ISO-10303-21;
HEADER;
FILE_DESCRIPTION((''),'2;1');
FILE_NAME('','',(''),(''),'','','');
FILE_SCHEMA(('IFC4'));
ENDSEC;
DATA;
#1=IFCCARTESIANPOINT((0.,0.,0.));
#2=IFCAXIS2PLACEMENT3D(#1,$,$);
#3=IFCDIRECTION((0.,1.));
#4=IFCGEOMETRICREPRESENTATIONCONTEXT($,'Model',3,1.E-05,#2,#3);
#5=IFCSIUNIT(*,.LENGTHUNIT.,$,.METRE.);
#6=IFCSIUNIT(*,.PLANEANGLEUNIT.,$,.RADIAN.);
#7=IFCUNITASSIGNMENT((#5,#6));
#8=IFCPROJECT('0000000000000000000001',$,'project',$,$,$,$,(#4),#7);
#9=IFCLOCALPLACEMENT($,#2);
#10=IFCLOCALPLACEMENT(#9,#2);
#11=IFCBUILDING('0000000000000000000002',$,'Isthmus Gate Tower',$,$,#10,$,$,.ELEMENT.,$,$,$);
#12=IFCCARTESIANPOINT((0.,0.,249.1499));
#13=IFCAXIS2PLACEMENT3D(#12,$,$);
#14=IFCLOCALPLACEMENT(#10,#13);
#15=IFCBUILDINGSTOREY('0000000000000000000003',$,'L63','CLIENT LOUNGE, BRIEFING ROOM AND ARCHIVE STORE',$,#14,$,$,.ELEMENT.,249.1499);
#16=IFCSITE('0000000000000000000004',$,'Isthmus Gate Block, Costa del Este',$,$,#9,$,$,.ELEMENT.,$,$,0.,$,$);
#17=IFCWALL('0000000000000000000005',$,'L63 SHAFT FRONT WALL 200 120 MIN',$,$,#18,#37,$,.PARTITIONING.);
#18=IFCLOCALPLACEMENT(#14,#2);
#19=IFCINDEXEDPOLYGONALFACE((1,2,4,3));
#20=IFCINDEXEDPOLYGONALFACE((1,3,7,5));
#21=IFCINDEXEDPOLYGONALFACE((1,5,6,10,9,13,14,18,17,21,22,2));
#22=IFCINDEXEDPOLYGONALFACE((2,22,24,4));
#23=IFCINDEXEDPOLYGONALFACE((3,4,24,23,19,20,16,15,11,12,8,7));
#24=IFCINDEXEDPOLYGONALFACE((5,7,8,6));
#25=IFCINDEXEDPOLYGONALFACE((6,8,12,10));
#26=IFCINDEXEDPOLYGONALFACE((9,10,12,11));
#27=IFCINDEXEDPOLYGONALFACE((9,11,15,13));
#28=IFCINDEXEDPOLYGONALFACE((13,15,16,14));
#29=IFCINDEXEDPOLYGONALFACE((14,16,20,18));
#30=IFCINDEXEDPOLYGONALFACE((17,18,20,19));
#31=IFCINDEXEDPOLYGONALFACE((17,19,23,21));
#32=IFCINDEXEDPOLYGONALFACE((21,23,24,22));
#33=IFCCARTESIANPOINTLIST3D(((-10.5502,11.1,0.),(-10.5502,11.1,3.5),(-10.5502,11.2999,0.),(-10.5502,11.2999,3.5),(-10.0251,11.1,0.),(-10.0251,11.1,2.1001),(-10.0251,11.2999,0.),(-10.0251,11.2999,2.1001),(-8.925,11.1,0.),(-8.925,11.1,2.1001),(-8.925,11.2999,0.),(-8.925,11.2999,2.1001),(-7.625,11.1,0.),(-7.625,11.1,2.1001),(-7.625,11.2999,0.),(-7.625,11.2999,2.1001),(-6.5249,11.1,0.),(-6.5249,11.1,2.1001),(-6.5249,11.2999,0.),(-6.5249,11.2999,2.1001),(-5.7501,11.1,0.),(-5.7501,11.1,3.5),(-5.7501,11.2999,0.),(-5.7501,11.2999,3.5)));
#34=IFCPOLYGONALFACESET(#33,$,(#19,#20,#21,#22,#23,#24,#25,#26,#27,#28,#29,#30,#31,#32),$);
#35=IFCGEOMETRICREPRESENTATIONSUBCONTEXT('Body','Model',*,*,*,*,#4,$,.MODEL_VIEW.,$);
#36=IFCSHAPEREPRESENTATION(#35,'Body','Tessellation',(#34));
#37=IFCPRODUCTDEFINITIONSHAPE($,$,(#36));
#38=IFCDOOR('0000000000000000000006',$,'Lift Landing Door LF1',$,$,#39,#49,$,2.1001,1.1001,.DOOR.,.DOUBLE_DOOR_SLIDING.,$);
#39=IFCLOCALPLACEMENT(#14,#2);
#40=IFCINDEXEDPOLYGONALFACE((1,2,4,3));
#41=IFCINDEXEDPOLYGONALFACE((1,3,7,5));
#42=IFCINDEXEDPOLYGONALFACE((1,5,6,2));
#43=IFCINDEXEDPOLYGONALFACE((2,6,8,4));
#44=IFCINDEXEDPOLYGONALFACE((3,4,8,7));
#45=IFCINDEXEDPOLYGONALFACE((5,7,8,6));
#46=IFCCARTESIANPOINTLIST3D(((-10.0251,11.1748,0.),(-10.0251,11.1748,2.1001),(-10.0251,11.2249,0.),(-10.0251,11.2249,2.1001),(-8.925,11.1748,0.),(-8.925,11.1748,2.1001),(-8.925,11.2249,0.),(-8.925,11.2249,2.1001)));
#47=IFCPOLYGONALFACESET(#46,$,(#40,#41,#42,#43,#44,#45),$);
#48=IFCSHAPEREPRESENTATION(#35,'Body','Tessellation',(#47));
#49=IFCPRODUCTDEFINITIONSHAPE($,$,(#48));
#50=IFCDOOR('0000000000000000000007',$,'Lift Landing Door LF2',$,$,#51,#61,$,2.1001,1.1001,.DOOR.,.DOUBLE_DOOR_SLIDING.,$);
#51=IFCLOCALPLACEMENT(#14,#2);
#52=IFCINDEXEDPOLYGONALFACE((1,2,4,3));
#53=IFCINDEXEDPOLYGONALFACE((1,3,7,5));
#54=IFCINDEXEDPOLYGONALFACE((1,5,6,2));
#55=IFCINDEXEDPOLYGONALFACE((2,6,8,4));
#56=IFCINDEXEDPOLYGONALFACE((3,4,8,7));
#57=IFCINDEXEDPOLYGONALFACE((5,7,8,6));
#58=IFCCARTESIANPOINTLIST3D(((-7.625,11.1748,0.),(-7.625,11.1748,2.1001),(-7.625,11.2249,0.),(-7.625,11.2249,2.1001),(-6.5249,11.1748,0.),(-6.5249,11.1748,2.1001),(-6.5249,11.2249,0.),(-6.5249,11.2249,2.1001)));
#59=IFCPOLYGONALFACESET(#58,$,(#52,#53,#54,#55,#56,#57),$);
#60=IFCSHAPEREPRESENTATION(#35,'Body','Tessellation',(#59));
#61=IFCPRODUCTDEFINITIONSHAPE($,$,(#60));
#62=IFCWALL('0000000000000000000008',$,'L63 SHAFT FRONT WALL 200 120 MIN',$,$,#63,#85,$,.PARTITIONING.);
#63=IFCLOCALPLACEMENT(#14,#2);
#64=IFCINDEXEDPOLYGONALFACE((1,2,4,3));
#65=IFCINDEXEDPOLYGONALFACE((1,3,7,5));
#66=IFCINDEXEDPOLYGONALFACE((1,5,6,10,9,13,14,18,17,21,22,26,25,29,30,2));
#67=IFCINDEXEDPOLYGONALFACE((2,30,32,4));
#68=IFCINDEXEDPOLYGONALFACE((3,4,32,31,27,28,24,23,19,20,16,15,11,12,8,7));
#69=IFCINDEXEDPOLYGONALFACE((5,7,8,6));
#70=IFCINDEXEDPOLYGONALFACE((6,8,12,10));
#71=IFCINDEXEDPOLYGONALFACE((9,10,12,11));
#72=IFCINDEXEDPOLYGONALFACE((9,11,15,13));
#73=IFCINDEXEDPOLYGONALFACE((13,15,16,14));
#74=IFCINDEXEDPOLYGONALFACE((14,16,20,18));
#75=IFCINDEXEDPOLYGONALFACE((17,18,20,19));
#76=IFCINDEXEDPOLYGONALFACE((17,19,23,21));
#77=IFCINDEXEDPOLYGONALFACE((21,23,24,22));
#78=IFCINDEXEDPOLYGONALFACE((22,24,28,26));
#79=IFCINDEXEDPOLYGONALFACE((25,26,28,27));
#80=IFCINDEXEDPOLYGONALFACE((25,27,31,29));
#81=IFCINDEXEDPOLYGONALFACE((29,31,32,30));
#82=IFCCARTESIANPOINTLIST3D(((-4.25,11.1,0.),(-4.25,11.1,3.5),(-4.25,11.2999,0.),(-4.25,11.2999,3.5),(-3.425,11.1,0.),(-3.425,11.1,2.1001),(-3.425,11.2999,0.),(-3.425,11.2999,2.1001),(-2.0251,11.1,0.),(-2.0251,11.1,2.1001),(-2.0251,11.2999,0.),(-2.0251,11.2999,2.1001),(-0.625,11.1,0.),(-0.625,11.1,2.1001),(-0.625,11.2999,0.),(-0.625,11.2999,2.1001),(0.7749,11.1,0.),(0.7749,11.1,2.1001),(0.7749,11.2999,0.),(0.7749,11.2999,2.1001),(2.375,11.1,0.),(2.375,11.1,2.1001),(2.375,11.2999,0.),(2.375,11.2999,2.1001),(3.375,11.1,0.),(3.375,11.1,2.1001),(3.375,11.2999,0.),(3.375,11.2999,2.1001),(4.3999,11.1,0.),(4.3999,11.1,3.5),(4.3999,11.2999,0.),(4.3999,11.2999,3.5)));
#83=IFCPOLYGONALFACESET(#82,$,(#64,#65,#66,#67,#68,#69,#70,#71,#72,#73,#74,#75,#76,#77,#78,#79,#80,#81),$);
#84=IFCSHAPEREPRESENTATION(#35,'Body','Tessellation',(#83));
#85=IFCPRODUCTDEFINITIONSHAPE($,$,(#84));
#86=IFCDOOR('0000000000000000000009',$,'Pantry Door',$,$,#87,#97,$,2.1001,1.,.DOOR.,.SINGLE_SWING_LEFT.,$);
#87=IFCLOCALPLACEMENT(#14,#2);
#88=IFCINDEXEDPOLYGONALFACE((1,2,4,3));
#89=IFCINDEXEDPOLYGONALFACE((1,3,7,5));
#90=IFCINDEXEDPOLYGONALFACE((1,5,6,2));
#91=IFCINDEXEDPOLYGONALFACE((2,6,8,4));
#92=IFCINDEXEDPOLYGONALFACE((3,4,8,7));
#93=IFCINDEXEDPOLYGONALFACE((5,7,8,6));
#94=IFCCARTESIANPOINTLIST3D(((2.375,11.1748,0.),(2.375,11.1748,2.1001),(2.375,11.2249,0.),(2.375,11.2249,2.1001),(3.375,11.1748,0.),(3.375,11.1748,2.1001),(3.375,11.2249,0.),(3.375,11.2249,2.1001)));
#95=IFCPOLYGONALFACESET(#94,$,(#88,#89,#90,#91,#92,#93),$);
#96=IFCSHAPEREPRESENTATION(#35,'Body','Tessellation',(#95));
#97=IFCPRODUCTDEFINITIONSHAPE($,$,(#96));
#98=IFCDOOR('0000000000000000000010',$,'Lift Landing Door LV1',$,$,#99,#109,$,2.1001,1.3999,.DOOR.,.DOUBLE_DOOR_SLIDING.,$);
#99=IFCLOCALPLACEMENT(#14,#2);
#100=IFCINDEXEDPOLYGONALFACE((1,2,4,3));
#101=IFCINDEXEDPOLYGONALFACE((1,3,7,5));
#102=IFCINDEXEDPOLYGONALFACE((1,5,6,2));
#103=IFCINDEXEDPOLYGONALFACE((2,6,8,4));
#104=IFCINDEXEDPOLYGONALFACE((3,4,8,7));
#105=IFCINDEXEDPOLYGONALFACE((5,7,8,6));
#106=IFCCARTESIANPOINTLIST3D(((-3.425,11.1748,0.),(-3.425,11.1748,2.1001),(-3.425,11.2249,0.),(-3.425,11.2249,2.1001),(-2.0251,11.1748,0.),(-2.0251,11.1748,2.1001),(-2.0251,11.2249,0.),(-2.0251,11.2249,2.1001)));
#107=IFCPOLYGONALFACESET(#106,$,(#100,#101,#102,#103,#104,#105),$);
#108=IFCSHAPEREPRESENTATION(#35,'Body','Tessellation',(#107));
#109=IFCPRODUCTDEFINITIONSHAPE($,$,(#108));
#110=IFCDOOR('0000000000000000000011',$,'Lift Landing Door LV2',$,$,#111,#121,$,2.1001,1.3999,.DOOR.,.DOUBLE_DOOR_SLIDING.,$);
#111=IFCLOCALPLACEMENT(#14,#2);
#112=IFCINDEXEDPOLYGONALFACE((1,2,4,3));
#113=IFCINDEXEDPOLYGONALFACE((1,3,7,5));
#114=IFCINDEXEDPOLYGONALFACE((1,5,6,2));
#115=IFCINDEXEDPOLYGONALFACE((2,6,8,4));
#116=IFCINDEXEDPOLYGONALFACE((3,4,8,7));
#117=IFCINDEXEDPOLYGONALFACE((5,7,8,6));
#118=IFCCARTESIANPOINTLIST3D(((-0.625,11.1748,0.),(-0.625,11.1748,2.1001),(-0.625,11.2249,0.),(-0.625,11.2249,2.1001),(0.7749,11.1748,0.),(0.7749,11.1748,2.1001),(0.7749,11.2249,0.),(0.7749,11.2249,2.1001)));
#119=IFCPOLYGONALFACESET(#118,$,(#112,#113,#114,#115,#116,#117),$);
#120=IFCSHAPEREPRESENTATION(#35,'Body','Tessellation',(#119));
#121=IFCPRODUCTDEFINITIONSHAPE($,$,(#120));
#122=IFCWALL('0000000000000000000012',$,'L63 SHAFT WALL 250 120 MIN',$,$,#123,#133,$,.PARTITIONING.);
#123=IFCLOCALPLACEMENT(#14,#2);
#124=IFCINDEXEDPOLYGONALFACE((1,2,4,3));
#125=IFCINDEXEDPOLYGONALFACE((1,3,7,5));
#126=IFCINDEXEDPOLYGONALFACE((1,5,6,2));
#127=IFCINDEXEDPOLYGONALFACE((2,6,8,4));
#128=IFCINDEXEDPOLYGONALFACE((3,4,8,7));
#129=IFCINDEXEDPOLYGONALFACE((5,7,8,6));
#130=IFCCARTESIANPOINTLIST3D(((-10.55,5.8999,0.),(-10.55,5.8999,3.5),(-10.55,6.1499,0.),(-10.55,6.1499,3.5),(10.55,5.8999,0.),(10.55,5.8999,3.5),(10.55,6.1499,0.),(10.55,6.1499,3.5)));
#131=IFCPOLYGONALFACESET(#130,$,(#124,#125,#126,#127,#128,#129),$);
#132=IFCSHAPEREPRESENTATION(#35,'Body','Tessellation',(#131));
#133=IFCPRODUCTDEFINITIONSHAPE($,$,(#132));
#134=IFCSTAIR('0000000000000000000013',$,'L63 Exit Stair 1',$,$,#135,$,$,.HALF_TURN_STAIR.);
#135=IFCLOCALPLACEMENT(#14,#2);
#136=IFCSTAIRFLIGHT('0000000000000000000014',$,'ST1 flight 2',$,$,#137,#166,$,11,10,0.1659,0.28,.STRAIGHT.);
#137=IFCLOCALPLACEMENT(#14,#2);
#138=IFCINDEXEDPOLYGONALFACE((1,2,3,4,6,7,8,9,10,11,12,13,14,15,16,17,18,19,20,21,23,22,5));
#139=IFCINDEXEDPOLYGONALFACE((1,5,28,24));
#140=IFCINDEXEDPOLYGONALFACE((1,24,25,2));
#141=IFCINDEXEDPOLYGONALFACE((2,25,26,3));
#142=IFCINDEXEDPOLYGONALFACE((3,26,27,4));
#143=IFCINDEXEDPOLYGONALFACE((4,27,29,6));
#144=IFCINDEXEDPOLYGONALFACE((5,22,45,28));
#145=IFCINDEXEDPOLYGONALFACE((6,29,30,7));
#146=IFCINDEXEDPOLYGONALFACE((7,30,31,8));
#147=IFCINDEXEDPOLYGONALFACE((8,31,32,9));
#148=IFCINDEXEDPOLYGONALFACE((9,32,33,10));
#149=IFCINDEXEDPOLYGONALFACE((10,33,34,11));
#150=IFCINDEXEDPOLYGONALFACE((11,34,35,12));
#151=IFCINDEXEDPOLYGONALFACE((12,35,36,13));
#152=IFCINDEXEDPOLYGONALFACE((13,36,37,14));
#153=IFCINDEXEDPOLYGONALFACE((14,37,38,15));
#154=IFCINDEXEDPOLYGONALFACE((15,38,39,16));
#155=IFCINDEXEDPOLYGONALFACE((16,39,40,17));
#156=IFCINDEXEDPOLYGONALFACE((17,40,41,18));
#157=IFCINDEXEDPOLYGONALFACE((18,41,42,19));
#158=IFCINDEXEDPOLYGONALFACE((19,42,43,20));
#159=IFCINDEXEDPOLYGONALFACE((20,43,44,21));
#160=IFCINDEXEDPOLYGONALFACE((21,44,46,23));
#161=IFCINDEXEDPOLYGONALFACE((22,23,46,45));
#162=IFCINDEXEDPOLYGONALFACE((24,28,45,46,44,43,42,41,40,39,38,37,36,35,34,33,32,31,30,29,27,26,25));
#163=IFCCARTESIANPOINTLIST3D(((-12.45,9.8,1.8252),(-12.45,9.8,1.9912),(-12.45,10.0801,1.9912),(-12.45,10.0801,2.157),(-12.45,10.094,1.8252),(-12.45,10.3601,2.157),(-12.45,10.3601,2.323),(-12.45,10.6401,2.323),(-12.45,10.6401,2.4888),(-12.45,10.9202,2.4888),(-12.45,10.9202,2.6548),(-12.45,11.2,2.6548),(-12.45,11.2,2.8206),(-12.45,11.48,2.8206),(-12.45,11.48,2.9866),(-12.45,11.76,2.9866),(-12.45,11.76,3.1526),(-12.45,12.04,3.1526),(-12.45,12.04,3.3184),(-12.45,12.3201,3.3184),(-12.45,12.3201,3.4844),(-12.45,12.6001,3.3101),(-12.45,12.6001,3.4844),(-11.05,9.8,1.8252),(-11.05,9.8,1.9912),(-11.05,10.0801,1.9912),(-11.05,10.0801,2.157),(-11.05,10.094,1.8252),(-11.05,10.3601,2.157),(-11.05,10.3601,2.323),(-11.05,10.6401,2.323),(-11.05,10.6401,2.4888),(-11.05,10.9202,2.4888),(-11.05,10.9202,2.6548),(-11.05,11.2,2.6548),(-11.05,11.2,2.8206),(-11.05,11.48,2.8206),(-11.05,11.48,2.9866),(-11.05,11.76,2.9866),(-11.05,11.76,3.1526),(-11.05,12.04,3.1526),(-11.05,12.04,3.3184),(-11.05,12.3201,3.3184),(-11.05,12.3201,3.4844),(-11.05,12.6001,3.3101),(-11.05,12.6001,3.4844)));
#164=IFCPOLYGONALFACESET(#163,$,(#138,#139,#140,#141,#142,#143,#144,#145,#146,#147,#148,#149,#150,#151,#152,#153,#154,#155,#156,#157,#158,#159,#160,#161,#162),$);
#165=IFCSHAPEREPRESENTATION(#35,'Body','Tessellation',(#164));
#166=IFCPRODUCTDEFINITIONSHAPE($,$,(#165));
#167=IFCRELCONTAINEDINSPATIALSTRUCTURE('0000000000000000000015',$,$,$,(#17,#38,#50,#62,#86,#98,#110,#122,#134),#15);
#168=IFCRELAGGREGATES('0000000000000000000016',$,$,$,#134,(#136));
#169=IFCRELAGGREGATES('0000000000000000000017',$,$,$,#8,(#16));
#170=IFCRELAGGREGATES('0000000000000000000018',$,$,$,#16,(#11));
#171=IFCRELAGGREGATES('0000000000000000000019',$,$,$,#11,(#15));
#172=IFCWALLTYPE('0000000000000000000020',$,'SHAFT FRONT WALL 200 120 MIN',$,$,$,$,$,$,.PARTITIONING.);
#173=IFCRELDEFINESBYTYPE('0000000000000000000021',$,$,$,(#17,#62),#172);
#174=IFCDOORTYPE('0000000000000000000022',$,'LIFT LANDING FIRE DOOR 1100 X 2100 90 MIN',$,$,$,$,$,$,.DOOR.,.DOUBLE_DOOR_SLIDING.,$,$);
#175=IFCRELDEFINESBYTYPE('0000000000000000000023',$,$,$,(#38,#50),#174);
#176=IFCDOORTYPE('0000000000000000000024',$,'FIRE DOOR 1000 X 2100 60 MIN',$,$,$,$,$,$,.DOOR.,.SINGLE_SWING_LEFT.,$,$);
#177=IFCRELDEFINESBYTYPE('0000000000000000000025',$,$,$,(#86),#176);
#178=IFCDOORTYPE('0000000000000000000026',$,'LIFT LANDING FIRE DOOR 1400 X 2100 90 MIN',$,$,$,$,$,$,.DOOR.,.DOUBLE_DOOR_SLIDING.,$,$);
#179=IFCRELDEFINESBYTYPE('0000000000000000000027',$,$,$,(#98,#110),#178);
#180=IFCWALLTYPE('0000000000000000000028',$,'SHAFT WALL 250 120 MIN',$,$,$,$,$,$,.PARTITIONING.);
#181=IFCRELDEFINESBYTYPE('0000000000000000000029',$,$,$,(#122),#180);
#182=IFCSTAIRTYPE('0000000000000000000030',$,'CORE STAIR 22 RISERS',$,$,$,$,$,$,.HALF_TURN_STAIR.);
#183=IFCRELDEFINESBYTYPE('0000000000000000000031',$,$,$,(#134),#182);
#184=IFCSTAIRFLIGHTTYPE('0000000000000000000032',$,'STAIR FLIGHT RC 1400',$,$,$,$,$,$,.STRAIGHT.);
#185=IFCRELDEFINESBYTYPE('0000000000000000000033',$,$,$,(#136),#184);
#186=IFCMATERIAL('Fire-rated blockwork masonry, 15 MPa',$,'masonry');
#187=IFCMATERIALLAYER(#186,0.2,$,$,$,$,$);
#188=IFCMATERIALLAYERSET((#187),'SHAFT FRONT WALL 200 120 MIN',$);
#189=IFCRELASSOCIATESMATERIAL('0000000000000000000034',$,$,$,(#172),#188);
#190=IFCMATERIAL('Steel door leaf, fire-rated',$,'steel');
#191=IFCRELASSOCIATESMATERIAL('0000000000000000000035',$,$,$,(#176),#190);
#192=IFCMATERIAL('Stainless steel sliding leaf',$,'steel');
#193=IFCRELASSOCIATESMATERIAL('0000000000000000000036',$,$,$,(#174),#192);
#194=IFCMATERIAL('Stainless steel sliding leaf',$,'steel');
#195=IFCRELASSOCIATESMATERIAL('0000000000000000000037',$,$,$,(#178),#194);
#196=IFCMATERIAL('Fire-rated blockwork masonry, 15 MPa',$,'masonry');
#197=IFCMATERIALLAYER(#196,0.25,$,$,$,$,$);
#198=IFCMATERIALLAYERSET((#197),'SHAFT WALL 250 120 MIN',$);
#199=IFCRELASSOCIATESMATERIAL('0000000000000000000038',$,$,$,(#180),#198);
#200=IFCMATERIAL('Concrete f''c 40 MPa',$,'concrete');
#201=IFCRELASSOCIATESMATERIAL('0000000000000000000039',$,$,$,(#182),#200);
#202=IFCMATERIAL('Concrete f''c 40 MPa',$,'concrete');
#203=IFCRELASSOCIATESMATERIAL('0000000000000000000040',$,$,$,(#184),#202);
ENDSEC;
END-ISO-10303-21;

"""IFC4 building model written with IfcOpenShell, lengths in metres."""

from ifc_helpers import new_model, si_unit, direction, frame, frame_2d, origin, place, context, subcontext, project, spatial, polyline, rectangle, outline, extrude, material, layer, layer_set, type_object, element, fill, aggregate, save


model = new_model("IFC4")

# Units and contexts
model_context = context("Model", 3, precision=1e-05, world=origin(), true_north=direction((0.0, 1.0)))
body_context = subcontext(model_context, "Body", "Model", "MODEL_VIEW")
ifc_project = project(units=[si_unit("LENGTHUNIT", "METRE"), si_unit("PLANEANGLEUNIT", "RADIAN")], contexts=[model_context])

# Site, building, storey
site_placement = place(None, origin())
site = spatial("IfcSite", under=ifc_project, at=site_placement, Name="Isthmus Gate Block, Costa del Este", CompositionType="ELEMENT", RefElevation=0.0)
building_placement = place(site_placement, origin())
building = spatial("IfcBuilding", under=site, at=building_placement, Name="Isthmus Gate Tower", CompositionType="ELEMENT")
storey_placement = place(building_placement, frame((0.0, 0.0, 249.1499)))
storey = spatial("IfcBuildingStorey", under=building, at=storey_placement, Name="L63", Description="CLIENT LOUNGE, BRIEFING ROOM AND ARCHIVE STORE", CompositionType="ELEMENT", Elevation=249.1499)

# Walls, openings, doors
ifc_material_1 = material(Name="Fire-rated blockwork masonry, 15 MPa", Category="masonry")
ifc_layer_1 = layer(ifc_material_1, 0.2)
ifc_layer_set_1 = layer_set([ifc_layer_1], Name="SHAFT FRONT WALL 200 120 MIN")
wall_type_1 = type_object("IfcWallType", Name="SHAFT FRONT WALL 200 120 MIN", PredefinedType="PARTITIONING", material=ifc_layer_set_1)
ifc_material_2 = material(Name="Steel door leaf, fire-rated", Category="steel")
door_type_1 = type_object("IfcDoorType", Name="FIRE DOOR 1000 X 2100 60 MIN", OperationType="SINGLE_SWING_LEFT", PredefinedType="DOOR", material=ifc_material_2)
wall_1_placement = place(storey_placement, frame((-10.55, 11.2, 0.0), z_axis=(0.0, 0.0, 1.0), x_axis=(1.0, 0.0, 0.0)))
wall_1 = element("IfcWall", 1, at=wall_1_placement, inside=storey, type_object=wall_type_1, Name="L63 SHAFT FRONT WALL 200 120 MIN", PredefinedType="PARTITIONING", context=body_context, shape_type="SweptSolid", body=[
    extrude(rectangle(XDim=4.8, YDim=0.2, at=frame_2d((2.3999, 0.0))), origin(), (0.0, 0.0, 1.0), 3.5),
])
opening_1_placement = place(wall_1_placement, frame((0.5249, 0.0, 0.0)))
opening_1 = element("IfcOpeningElement", 2, at=opening_1_placement, cuts=wall_1, PredefinedType="OPENING", context=body_context, shape_type="SweptSolid", body=[
    extrude(rectangle(XDim=1.1001, YDim=2.1001, at=frame_2d((0.55, 1.05))), frame((0.0, 0.1099, 0.0), z_axis=(0.0, -1.0, 0.0), x_axis=(1.0, 0.0, 0.0)), (0.0, 0.0, 1.0), 0.22),
])
opening_2_placement = place(wall_1_placement, frame((2.925, 0.0, 0.0)))
opening_2 = element("IfcOpeningElement", 3, at=opening_2_placement, cuts=wall_1, PredefinedType="OPENING", context=body_context, shape_type="SweptSolid", body=[
    extrude(rectangle(XDim=1.1001, YDim=2.1001, at=frame_2d((0.55, 1.05))), frame((0.0, 0.1099, 0.0), z_axis=(0.0, -1.0, 0.0), x_axis=(1.0, 0.0, 0.0)), (0.0, 0.0, 1.0), 0.22),
])
ifc_material_3 = material(Name="Stainless steel sliding leaf", Category="steel")
door_type_2 = type_object("IfcDoorType", Name="LIFT LANDING FIRE DOOR 1100 X 2100 90 MIN", OperationType="DOUBLE_DOOR_SLIDING", PredefinedType="DOOR", material=ifc_material_3)
door_1_placement = place(opening_1_placement, origin())
door_1 = element("IfcDoor", 4, at=door_1_placement, inside=storey, type_object=door_type_2, Name="Lift Landing Door LF1", OperationType="DOUBLE_DOOR_SLIDING", OverallHeight=2.1001, OverallWidth=1.1001, PredefinedType="DOOR", context=body_context, shape_type="SweptSolid", body=[
    extrude(rectangle(XDim=1.1001, YDim=2.1001, at=frame_2d((0.55, 1.05))), frame((0.0, 0.0249, 0.0), z_axis=(0.0, -1.0, 0.0), x_axis=(1.0, 0.0, 0.0)), (0.0, 0.0, 1.0), 0.05),
])
fill(opening_1, door_1)
door_2_placement = place(opening_2_placement, origin())
door_2 = element("IfcDoor", 5, at=door_2_placement, inside=storey, type_object=door_type_2, Name="Lift Landing Door LF2", OperationType="DOUBLE_DOOR_SLIDING", OverallHeight=2.1001, OverallWidth=1.1001, PredefinedType="DOOR", context=body_context, shape_type="SweptSolid", body=[
    extrude(rectangle(XDim=1.1001, YDim=2.1001, at=frame_2d((0.55, 1.05))), frame((0.0, 0.0249, 0.0), z_axis=(0.0, -1.0, 0.0), x_axis=(1.0, 0.0, 0.0)), (0.0, 0.0, 1.0), 0.05),
])
fill(opening_2, door_2)
wall_2_placement = place(storey_placement, frame((-4.25, 11.2, 0.0), z_axis=(0.0, 0.0, 1.0), x_axis=(1.0, 0.0, 0.0)))
wall_2 = element("IfcWall", 6, at=wall_2_placement, inside=storey, type_object=wall_type_1, Name="L63 SHAFT FRONT WALL 200 120 MIN", PredefinedType="PARTITIONING", context=body_context, shape_type="SweptSolid", body=[
    extrude(rectangle(XDim=8.6499, YDim=0.2, at=frame_2d((4.325, 0.0))), origin(), (0.0, 0.0, 1.0), 3.5),
])
opening_3_placement = place(wall_2_placement, frame((0.825, 0.0, 0.0)))
opening_3 = element("IfcOpeningElement", 7, at=opening_3_placement, cuts=wall_2, PredefinedType="OPENING", context=body_context, shape_type="SweptSolid", body=[
    extrude(rectangle(XDim=1.3999, YDim=2.1001, at=frame_2d((0.7, 1.05))), frame((0.0, 0.1099, 0.0), z_axis=(0.0, -1.0, 0.0), x_axis=(1.0, 0.0, 0.0)), (0.0, 0.0, 1.0), 0.22),
])
opening_4_placement = place(wall_2_placement, frame((3.625, 0.0, 0.0)))
opening_4 = element("IfcOpeningElement", 8, at=opening_4_placement, cuts=wall_2, PredefinedType="OPENING", context=body_context, shape_type="SweptSolid", body=[
    extrude(rectangle(XDim=1.3999, YDim=2.1001, at=frame_2d((0.7, 1.05))), frame((0.0, 0.1099, 0.0), z_axis=(0.0, -1.0, 0.0), x_axis=(1.0, 0.0, 0.0)), (0.0, 0.0, 1.0), 0.22),
])
opening_5_placement = place(wall_2_placement, frame((6.625, 0.0, 0.0)))
opening_5 = element("IfcOpeningElement", 9, at=opening_5_placement, cuts=wall_2, PredefinedType="OPENING", context=body_context, shape_type="SweptSolid", body=[
    extrude(rectangle(XDim=1.0, YDim=2.1001, at=frame_2d((0.5, 1.05))), frame((0.0, 0.1099, 0.0), z_axis=(0.0, -1.0, 0.0), x_axis=(1.0, 0.0, 0.0)), (0.0, 0.0, 1.0), 0.22),
])
door_3_placement = place(opening_5_placement, origin())
door_3 = element("IfcDoor", 10, at=door_3_placement, inside=storey, type_object=door_type_1, Name="Pantry Door", OperationType="SINGLE_SWING_LEFT", OverallHeight=2.1001, OverallWidth=1.0, PredefinedType="DOOR", context=body_context, shape_type="SweptSolid", body=[
    extrude(rectangle(XDim=1.0, YDim=2.1001, at=frame_2d((0.5, 1.05))), frame((0.0, 0.0249, 0.0), z_axis=(0.0, -1.0, 0.0), x_axis=(1.0, 0.0, 0.0)), (0.0, 0.0, 1.0), 0.05),
])
fill(opening_5, door_3)
ifc_material_4 = material(Name="Stainless steel sliding leaf", Category="steel")
door_type_3 = type_object("IfcDoorType", Name="LIFT LANDING FIRE DOOR 1400 X 2100 90 MIN", OperationType="DOUBLE_DOOR_SLIDING", PredefinedType="DOOR", material=ifc_material_4)
door_4_placement = place(opening_3_placement, origin())
door_4 = element("IfcDoor", 11, at=door_4_placement, inside=storey, type_object=door_type_3, Name="Lift Landing Door LV1", OperationType="DOUBLE_DOOR_SLIDING", OverallHeight=2.1001, OverallWidth=1.3999, PredefinedType="DOOR", context=body_context, shape_type="SweptSolid", body=[
    extrude(rectangle(XDim=1.3999, YDim=2.1001, at=frame_2d((0.7, 1.05))), frame((0.0, 0.0249, 0.0), z_axis=(0.0, -1.0, 0.0), x_axis=(1.0, 0.0, 0.0)), (0.0, 0.0, 1.0), 0.05),
])
fill(opening_3, door_4)
door_5_placement = place(opening_4_placement, origin())
door_5 = element("IfcDoor", 12, at=door_5_placement, inside=storey, type_object=door_type_3, Name="Lift Landing Door LV2", OperationType="DOUBLE_DOOR_SLIDING", OverallHeight=2.1001, OverallWidth=1.3999, PredefinedType="DOOR", context=body_context, shape_type="SweptSolid", body=[
    extrude(rectangle(XDim=1.3999, YDim=2.1001, at=frame_2d((0.7, 1.05))), frame((0.0, 0.0249, 0.0), z_axis=(0.0, -1.0, 0.0), x_axis=(1.0, 0.0, 0.0)), (0.0, 0.0, 1.0), 0.05),
])
fill(opening_4, door_5)

# Wall
ifc_material_5 = material(Name="Fire-rated blockwork masonry, 15 MPa", Category="masonry")
ifc_layer_2 = layer(ifc_material_5, 0.25)
ifc_layer_set_2 = layer_set([ifc_layer_2], Name="SHAFT WALL 250 120 MIN")
wall_type_2 = type_object("IfcWallType", Name="SHAFT WALL 250 120 MIN", PredefinedType="PARTITIONING", material=ifc_layer_set_2)
wall_3_placement = place(storey_placement, frame((-10.55, 6.0249, 0.0), z_axis=(0.0, 0.0, 1.0), x_axis=(1.0, 0.0, 0.0)))
element("IfcWall", 13, at=wall_3_placement, inside=storey, type_object=wall_type_2, Name="L63 SHAFT WALL 250 120 MIN", PredefinedType="PARTITIONING", context=body_context, shape_type="SweptSolid", body=[
    extrude(rectangle(XDim=21.1001, YDim=0.25, at=frame_2d((10.55, 0.0))), origin(), (0.0, 0.0, 1.0), 3.5),
])

# Stair, stair flight
ifc_material_6 = material(Name="Concrete f'c 40 MPa", Category="concrete")
stair_type = type_object("IfcStairType", Name="CORE STAIR 22 RISERS", PredefinedType="HALF_TURN_STAIR", material=ifc_material_6)
stair_1_placement = place(storey_placement, origin())
stair_1 = element("IfcStair", 14, at=stair_1_placement, inside=storey, type_object=stair_type, Name="L63 Exit Stair 1", PredefinedType="HALF_TURN_STAIR")
ifc_material_7 = material(Name="Concrete f'c 40 MPa", Category="concrete")
stair_flight_type = type_object("IfcStairFlightType", Name="STAIR FLIGHT RC 1400", PredefinedType="STRAIGHT", material=ifc_material_7)
stair_flight_1_placement = place(storey_placement, frame((-11.75, 9.8, 1.8252), z_axis=(0.0, 0.0, 1.0), x_axis=(0.0, 1.0, 0.0)))
stair_flight_1 = element("IfcStairFlight", 15, at=stair_flight_1_placement, type_object=stair_flight_type, Name="ST1 flight 2", NumberOfRisers=11, NumberOfTreads=10, PredefinedType="STRAIGHT", RiserHeight=0.1659, TreadLength=0.28, context=body_context, shape_type="SweptSolid", body=[
    extrude(outline(polyline([(0.0, 0.0), (0.0, 0.166), (0.28, 0.166), (0.28, 0.3318), (0.5601, 0.3318), (0.5601, 0.4978), (0.8401, 0.4978), (0.8401, 0.6636), (1.1201, 0.6636), (1.1201, 0.8296), (1.3999, 0.8296), (1.3999, 0.9954), (1.6799, 0.9954), (1.6799, 1.1614), (1.96, 1.1614), (1.96, 1.3274), (2.24, 1.3274), (2.24, 1.4932), (2.52, 1.4932), (2.52, 1.6592), (2.8, 1.6592), (2.8, 1.825), (2.8, 1.4849), (0.2939, 0.0), (0.0, 0.0)])), frame((0.0, 0.7, 0.0), z_axis=(0.0, -1.0, 0.0), x_axis=(1.0, 0.0, 0.0)), (0.0, 0.0, 1.0), 1.3999),
])
aggregate(stair_1, [stair_flight_1])

save(model, "model.ifc")
